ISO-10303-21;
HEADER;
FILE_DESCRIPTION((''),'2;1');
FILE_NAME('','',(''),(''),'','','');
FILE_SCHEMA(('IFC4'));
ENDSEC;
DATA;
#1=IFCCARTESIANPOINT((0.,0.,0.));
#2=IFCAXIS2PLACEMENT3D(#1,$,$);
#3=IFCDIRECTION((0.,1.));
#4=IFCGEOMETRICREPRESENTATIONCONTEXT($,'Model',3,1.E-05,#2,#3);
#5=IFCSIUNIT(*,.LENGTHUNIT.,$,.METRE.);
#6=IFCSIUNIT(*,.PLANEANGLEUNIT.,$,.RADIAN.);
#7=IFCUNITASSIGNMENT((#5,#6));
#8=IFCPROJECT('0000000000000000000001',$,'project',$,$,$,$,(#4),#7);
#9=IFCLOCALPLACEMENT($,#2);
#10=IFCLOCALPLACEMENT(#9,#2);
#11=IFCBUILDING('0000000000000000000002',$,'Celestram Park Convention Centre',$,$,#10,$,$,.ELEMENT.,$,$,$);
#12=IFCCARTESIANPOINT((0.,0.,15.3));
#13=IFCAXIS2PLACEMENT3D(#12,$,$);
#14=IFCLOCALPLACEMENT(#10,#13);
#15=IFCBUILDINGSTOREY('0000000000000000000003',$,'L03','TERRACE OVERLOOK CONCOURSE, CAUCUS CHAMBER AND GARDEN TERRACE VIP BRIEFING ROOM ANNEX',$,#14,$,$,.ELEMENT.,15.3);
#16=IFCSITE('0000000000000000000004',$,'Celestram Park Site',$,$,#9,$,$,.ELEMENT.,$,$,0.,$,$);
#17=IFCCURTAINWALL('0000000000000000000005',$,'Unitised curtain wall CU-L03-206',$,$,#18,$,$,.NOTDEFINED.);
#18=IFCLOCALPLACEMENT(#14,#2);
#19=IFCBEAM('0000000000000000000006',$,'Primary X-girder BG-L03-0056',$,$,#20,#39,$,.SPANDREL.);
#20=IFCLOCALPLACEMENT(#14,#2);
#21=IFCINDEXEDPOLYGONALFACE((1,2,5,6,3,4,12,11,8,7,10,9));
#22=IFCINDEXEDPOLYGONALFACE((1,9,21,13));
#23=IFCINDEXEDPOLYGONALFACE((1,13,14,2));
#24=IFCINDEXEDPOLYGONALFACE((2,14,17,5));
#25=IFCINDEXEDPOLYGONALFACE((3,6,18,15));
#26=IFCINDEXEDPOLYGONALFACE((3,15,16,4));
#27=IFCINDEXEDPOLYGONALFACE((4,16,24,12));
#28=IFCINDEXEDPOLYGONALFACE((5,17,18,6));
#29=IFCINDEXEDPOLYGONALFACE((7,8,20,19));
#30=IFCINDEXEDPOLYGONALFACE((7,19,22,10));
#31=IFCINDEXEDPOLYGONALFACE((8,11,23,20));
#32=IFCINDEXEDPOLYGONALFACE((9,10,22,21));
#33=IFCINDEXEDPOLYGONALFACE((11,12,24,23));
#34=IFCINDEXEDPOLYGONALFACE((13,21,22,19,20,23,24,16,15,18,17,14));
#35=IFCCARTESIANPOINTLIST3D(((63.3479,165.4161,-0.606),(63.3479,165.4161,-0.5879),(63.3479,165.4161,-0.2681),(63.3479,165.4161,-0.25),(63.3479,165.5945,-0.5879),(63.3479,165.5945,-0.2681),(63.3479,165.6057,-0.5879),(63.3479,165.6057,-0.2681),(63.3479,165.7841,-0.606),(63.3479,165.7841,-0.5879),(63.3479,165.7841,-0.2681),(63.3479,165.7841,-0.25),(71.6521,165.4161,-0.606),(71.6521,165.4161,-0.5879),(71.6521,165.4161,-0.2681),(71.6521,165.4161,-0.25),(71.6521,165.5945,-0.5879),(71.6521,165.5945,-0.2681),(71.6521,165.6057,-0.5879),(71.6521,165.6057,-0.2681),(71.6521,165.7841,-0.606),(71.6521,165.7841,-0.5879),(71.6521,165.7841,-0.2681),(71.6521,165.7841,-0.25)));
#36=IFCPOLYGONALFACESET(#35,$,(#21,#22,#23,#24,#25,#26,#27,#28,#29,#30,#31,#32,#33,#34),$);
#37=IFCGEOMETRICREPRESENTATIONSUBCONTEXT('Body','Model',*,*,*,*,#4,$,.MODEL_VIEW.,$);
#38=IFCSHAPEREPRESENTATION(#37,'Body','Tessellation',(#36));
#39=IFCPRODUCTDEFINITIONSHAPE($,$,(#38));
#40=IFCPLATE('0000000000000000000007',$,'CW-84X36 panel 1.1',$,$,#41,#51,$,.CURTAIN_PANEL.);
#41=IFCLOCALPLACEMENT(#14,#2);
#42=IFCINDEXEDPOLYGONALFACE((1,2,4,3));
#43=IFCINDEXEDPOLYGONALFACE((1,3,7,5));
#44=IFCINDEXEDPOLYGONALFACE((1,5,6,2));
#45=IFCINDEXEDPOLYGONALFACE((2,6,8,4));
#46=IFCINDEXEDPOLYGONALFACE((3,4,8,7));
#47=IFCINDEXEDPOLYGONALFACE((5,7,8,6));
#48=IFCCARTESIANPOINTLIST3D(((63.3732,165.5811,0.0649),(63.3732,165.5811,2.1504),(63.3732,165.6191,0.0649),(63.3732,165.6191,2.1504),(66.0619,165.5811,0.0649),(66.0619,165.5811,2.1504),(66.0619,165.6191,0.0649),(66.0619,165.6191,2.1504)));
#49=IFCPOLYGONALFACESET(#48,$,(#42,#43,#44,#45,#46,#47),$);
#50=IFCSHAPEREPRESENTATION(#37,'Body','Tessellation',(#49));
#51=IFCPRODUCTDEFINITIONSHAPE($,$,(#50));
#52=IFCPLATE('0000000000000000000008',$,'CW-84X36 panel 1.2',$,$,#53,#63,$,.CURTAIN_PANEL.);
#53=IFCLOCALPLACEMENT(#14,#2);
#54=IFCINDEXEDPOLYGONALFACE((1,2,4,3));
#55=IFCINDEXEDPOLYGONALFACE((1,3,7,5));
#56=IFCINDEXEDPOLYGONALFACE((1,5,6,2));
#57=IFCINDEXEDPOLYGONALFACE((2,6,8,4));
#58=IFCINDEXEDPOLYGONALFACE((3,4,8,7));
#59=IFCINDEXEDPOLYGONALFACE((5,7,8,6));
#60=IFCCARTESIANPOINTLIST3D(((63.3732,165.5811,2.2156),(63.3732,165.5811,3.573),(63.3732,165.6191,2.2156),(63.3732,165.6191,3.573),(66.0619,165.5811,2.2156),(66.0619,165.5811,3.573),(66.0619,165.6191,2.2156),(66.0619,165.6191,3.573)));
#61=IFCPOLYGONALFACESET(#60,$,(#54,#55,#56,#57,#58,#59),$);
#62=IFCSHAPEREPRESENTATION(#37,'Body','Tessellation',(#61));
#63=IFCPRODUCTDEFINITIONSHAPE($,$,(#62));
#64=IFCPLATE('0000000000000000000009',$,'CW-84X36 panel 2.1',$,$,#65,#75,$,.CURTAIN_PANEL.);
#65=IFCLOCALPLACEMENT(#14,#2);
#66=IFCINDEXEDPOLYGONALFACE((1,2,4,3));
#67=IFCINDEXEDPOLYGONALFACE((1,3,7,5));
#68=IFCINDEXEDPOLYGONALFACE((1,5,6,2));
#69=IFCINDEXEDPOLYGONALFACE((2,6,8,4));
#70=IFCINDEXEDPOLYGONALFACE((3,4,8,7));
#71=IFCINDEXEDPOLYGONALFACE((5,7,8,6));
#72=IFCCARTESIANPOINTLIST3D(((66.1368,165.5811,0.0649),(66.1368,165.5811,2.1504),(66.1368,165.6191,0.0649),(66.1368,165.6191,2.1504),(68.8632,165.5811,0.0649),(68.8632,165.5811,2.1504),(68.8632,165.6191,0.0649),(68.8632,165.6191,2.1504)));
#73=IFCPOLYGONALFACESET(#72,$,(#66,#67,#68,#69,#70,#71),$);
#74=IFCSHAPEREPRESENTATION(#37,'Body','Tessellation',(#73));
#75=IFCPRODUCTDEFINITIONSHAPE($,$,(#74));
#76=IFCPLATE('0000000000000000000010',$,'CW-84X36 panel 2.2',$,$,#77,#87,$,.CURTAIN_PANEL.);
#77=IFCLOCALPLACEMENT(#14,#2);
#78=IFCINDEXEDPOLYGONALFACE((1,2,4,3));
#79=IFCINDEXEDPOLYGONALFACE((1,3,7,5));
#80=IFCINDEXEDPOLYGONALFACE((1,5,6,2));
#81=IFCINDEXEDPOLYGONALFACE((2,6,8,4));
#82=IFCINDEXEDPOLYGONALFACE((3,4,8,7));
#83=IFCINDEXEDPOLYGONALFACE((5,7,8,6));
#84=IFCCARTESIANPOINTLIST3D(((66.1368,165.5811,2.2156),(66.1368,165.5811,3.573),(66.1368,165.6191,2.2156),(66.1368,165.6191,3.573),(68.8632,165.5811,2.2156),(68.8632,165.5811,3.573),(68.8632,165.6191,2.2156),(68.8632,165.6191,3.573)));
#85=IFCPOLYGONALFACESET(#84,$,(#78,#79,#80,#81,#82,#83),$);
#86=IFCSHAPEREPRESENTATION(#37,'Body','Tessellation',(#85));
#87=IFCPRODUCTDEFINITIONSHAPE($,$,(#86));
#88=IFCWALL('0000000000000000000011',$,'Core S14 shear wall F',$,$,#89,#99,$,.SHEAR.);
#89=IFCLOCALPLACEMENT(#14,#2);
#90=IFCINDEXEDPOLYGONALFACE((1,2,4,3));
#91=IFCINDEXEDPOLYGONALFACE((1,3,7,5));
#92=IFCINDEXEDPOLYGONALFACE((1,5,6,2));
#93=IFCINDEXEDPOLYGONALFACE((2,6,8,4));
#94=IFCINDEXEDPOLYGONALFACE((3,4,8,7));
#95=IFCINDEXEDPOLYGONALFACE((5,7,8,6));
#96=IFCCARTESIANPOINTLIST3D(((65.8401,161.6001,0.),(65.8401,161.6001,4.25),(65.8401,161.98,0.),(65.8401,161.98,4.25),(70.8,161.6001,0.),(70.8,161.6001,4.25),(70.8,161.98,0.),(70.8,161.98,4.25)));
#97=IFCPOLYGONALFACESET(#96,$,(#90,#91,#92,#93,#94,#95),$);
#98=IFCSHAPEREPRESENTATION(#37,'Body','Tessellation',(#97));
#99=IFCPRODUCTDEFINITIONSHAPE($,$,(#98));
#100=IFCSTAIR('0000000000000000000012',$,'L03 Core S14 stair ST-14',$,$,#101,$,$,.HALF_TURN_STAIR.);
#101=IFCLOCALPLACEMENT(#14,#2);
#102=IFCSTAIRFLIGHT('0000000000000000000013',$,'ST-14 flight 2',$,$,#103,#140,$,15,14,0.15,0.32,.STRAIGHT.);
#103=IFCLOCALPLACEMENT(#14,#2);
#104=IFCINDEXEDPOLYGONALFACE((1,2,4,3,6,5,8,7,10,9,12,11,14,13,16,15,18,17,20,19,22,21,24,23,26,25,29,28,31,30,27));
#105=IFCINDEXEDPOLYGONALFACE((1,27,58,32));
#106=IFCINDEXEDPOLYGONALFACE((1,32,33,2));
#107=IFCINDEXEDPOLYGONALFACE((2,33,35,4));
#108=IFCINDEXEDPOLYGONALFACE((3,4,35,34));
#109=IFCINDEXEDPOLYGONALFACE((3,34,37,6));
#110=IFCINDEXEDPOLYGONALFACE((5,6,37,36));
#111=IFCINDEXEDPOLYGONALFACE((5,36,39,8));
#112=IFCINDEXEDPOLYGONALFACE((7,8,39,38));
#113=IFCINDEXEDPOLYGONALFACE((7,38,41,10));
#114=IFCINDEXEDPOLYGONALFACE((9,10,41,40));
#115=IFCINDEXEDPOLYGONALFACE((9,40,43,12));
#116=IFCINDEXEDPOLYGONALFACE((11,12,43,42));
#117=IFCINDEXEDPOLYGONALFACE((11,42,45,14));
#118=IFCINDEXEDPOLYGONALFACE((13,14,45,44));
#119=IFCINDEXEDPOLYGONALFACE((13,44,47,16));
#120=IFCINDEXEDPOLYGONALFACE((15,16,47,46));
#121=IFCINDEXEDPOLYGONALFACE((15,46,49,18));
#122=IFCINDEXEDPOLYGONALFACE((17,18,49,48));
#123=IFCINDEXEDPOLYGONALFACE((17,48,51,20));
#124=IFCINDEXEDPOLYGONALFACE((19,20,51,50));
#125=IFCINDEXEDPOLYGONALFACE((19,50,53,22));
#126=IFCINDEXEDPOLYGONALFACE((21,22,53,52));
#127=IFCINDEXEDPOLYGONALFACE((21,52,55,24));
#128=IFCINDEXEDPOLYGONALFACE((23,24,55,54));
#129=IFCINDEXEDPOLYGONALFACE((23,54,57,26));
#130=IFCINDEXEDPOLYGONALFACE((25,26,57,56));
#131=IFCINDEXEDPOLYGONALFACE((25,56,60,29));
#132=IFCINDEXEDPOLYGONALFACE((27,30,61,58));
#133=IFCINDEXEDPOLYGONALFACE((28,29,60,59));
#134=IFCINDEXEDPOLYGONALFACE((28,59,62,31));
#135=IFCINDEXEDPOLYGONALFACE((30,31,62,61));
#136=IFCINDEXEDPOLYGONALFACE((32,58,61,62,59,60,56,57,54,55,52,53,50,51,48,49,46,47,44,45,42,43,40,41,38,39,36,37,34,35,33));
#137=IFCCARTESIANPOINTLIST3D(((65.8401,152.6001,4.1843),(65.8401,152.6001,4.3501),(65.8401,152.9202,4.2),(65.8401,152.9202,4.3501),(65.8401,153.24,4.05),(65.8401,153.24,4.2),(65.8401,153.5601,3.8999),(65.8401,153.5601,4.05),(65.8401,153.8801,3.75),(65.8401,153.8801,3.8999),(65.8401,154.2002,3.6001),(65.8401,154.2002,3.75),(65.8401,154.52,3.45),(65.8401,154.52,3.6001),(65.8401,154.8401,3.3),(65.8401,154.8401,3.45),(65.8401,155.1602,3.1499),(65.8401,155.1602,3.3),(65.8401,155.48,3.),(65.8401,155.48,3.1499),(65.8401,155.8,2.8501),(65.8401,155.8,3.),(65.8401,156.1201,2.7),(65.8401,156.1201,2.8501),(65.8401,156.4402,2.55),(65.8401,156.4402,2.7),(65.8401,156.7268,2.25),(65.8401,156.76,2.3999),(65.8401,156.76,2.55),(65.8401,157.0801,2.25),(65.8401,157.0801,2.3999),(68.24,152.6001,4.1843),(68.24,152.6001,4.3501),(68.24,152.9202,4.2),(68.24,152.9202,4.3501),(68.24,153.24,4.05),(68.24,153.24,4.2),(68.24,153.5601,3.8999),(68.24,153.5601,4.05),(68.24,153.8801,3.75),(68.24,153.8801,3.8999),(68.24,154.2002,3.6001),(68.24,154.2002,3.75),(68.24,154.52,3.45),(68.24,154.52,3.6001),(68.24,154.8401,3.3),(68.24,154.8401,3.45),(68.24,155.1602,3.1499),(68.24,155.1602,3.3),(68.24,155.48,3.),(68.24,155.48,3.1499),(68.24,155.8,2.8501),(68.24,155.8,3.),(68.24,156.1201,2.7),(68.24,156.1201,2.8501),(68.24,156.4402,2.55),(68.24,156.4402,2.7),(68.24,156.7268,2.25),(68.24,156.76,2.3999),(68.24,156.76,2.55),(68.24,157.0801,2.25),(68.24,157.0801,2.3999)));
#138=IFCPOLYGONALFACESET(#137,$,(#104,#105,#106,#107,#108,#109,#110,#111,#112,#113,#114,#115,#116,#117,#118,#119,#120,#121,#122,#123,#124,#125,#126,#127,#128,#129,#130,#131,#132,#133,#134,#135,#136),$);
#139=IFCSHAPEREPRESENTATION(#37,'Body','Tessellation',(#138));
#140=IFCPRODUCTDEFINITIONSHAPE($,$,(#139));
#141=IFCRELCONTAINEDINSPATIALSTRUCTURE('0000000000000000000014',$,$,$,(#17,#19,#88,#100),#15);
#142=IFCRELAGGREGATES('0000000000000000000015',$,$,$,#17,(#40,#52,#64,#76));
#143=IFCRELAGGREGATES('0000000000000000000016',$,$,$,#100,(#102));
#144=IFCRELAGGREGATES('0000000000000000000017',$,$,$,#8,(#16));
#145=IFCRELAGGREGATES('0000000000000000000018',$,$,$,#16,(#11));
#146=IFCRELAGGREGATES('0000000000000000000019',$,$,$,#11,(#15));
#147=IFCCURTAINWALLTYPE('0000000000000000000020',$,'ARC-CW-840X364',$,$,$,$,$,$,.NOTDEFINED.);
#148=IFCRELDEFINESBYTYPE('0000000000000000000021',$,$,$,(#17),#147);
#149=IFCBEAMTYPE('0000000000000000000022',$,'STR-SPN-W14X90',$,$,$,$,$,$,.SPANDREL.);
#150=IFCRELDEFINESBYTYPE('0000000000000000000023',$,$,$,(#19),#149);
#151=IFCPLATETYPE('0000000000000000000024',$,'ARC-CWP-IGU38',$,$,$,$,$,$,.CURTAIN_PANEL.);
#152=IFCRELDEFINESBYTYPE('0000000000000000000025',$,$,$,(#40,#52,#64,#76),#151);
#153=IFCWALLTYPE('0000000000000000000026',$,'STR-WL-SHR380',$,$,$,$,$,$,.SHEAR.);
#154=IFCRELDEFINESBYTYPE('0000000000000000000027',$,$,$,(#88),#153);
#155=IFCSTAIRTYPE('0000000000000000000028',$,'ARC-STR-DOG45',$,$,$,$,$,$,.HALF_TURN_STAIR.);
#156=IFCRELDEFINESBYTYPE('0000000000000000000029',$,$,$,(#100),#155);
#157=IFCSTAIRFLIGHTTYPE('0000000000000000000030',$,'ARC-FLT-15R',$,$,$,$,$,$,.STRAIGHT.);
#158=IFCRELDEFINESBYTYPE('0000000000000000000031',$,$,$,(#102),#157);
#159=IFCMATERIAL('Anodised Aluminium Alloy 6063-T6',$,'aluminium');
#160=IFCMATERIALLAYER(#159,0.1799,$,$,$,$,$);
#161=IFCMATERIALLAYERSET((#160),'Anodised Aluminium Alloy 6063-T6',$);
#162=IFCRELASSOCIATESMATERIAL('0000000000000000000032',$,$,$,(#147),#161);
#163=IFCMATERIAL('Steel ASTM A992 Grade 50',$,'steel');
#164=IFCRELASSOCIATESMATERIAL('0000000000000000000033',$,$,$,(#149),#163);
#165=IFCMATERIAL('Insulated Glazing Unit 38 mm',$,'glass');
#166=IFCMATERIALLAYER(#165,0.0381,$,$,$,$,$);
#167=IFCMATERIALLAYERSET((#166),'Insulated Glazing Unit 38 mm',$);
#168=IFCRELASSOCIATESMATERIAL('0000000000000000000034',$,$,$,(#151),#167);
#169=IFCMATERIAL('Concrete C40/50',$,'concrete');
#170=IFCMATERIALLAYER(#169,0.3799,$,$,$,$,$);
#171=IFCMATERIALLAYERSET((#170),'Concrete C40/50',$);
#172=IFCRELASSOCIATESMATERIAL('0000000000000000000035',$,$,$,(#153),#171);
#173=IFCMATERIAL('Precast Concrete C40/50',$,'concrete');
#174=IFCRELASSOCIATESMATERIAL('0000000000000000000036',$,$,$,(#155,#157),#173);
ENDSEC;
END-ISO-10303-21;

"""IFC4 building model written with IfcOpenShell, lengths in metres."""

from ifc_helpers import new_model, si_unit, direction, frame, frame_2d, origin, origin_2d, place, context, subcontext, project, spatial, polyline, rectangle, i_section, outline, extrude, material, layer, layer_set, material_profile, profile_set, type_object, element, aggregate, save


model = new_model("IFC4")

# Units and contexts
model_context = context("Model", 3, precision=1e-05, world=origin(), true_north=direction((0.0, 1.0)))
body_context = subcontext(model_context, "Body", "Model", "MODEL_VIEW")
ifc_project = project(units=[si_unit("LENGTHUNIT", "METRE"), si_unit("PLANEANGLEUNIT", "RADIAN")], contexts=[model_context])

# Site, building, storey
site_placement = place(None, origin())
site = spatial("IfcSite", under=ifc_project, at=site_placement, Name="Celestram Park Site", CompositionType="ELEMENT", RefElevation=0.0)
building_placement = place(site_placement, origin())
building = spatial("IfcBuilding", under=site, at=building_placement, Name="Celestram Park Convention Centre", CompositionType="ELEMENT")
storey_placement = place(building_placement, frame((0.0, 0.0, 15.3)))
storey = spatial("IfcBuildingStorey", under=building, at=storey_placement, Name="L03", Description="TERRACE OVERLOOK CONCOURSE, CAUCUS CHAMBER AND GARDEN TERRACE VIP BRIEFING ROOM ANNEX", CompositionType="ELEMENT", Elevation=15.3)

# Shared definitions
ifc_material_1 = material(Name="Concrete C40/50", Category="concrete")

# Curtain wall
ifc_material_2 = material(Name="Anodised Aluminium Alloy 6063-T6", Category="aluminium")
ifc_layer_1 = layer(ifc_material_2, 0.1799)
ifc_layer_set_1 = layer_set([ifc_layer_1], Name="Anodised Aluminium Alloy 6063-T6")
curtain_wall_type = type_object("IfcCurtainWallType", Name="ARC-CW-840X364", PredefinedType="NOTDEFINED", material=ifc_layer_set_1)
curtain_wall_placement = place(storey_placement, origin())
curtain_wall = element("IfcCurtainWall", 1, at=curtain_wall_placement, inside=storey, type_object=curtain_wall_type, Name="Unitised curtain wall CU-L03-206", PredefinedType="NOTDEFINED")

# Beam
ifc_material_3 = material(Name="Steel ASTM A992 Grade 50", Category="steel")
ifc_material_profile_1 = material_profile(ifc_material_3, i_section(OverallWidth=0.3679, OverallDepth=0.356, WebThickness=0.0112, FlangeThickness=0.0181, at=origin_2d()), Name="W14X90")
ifc_profile_set_1 = profile_set([ifc_material_profile_1], Name="Steel ASTM A992 Grade 50")
beam_type_1 = type_object("IfcBeamType", Name="STR-SPN-W14X90", PredefinedType="SPANDREL", material=ifc_profile_set_1)
beam_1_placement = place(storey_placement, frame((63.3479, 165.6001, -0.428), z_axis=(1.0, 0.0, 0.0), x_axis=(0.0, 1.0, 0.0)))
element("IfcBeam", 2, at=beam_1_placement, inside=storey, type_object=beam_type_1, Name="Primary X-girder BG-L03-0056", PredefinedType="SPANDREL", context=body_context, shape_type="SweptSolid", body=[
    extrude(i_section(OverallWidth=0.3679, OverallDepth=0.356, WebThickness=0.0112, FlangeThickness=0.0181, at=origin_2d()), origin(), (0.0, 0.0, 1.0), 8.3042),
])

# Plates
ifc_material_4 = material(Name="Insulated Glazing Unit 38 mm", Category="glass")
ifc_layer_2 = layer(ifc_material_4, 0.0381)
ifc_layer_set_2 = layer_set([ifc_layer_2], Name="Insulated Glazing Unit 38 mm")
plate_type = type_object("IfcPlateType", Name="ARC-CWP-IGU38", PredefinedType="CURTAIN_PANEL", material=ifc_layer_set_2)
plate_1_placement = place(storey_placement, frame((64.7175, 165.6001, 0.0649), z_axis=(0.0, 0.0, 1.0), x_axis=(1.0, 0.0, 0.0)))
plate_1 = element("IfcPlate", 3, at=plate_1_placement, type_object=plate_type, Name="CW-84X36 panel 1.1", PredefinedType="CURTAIN_PANEL", context=body_context, shape_type="SweptSolid", body=[
    extrude(rectangle(XDim=2.6887, YDim=0.0381, at=origin_2d()), origin(), (0.0, 0.0, 1.0), 2.0854),
])
plate_2_placement = place(storey_placement, frame((64.7175, 165.6001, 2.2156), z_axis=(0.0, 0.0, 1.0), x_axis=(1.0, 0.0, 0.0)))
plate_2 = element("IfcPlate", 4, at=plate_2_placement, type_object=plate_type, Name="CW-84X36 panel 1.2", PredefinedType="CURTAIN_PANEL", context=body_context, shape_type="SweptSolid", body=[
    extrude(rectangle(XDim=2.6887, YDim=0.0381, at=origin_2d()), origin(), (0.0, 0.0, 1.0), 1.3574),
])
plate_3_placement = place(storey_placement, frame((67.5, 165.6001, 0.0649), z_axis=(0.0, 0.0, 1.0), x_axis=(1.0, 0.0, 0.0)))
plate_3 = element("IfcPlate", 5, at=plate_3_placement, type_object=plate_type, Name="CW-84X36 panel 2.1", PredefinedType="CURTAIN_PANEL", context=body_context, shape_type="SweptSolid", body=[
    extrude(rectangle(XDim=2.7263, YDim=0.0381, at=origin_2d()), origin(), (0.0, 0.0, 1.0), 2.0854),
])
plate_4_placement = place(storey_placement, frame((67.5, 165.6001, 2.2156), z_axis=(0.0, 0.0, 1.0), x_axis=(1.0, 0.0, 0.0)))
plate_4 = element("IfcPlate", 6, at=plate_4_placement, type_object=plate_type, Name="CW-84X36 panel 2.2", PredefinedType="CURTAIN_PANEL", context=body_context, shape_type="SweptSolid", body=[
    extrude(rectangle(XDim=2.7263, YDim=0.0381, at=origin_2d()), origin(), (0.0, 0.0, 1.0), 1.3574),
])
aggregate(curtain_wall, [plate_1, plate_2, plate_3, plate_4])

# Wall
ifc_layer_3 = layer(ifc_material_1, 0.3799)
ifc_layer_set_3 = layer_set([ifc_layer_3], Name="Concrete C40/50")
wall_type = type_object("IfcWallType", Name="STR-WL-SHR380", PredefinedType="SHEAR", material=ifc_layer_set_3)
wall_placement = place(storey_placement, frame((65.8401, 161.79, 0.0), z_axis=(0.0, 0.0, 1.0), x_axis=(1.0, 0.0, 0.0)))
element("IfcWall", 7, at=wall_placement, inside=storey, type_object=wall_type, Name="Core S14 shear wall F", PredefinedType="SHEAR", context=body_context, shape_type="SweptSolid", body=[
    extrude(rectangle(XDim=4.96, YDim=0.3799, at=frame_2d((2.48, 0.0))), origin(), (0.0, 0.0, 1.0), 4.25),
])

# Stair, stair flight
ifc_material_5 = material(Name="Precast Concrete C40/50", Category="concrete")
stair_type = type_object("IfcStairType", Name="ARC-STR-DOG45", PredefinedType="HALF_TURN_STAIR", material=ifc_material_5)
stair_placement = place(storey_placement, origin())
stair = element("IfcStair", 8, at=stair_placement, inside=storey, type_object=stair_type, Name="L03 Core S14 stair ST-14", PredefinedType="HALF_TURN_STAIR")
stair_flight_type = type_object("IfcStairFlightType", Name="ARC-FLT-15R", PredefinedType="STRAIGHT", material=ifc_material_5)
stair_flight_placement = place(storey_placement, frame((67.04, 157.0801, 2.25), z_axis=(0.0, 0.0, 1.0), x_axis=(0.0, -1.0, 0.0)))
stair_flight = element("IfcStairFlight", 9, at=stair_flight_placement, type_object=stair_flight_type, Name="ST-14 flight 2", NumberOfRisers=15, NumberOfTreads=14, PredefinedType="STRAIGHT", RiserHeight=0.15, TreadLength=0.32, context=body_context, shape_type="SweptSolid", body=[
    extrude(outline(polyline([(0.0, 0.0), (0.0, 0.1499), (0.3201, 0.1499), (0.3201, 0.3), (0.6399, 0.3), (0.6399, 0.45), (0.96, 0.45), (0.96, 0.6001), (1.28, 0.6001), (1.28, 0.75), (1.6001, 0.75), (1.6001, 0.8999), (1.9199, 0.8999), (1.9199, 1.05), (2.24, 1.05), (2.24, 1.2), (2.5601, 1.2), (2.5601, 1.3501), (2.8799, 1.3501), (2.8799, 1.5), (3.2, 1.5), (3.2, 1.6499), (3.52, 1.6499), (3.52, 1.8), (3.8401, 1.8), (3.8401, 1.95), (4.1599, 1.95), (4.1599, 2.1001), (4.48, 2.1001), (4.48, 2.25), (4.48, 1.9343), (0.3533, 0.0), (0.0, 0.0)])), frame((0.0, 1.2, 0.0), z_axis=(0.0, -1.0, 0.0), x_axis=(1.0, 0.0, 0.0)), (0.0, 0.0, 1.0), 2.3999),
])
aggregate(stair, [stair_flight])

save(model, "model.ifc")
